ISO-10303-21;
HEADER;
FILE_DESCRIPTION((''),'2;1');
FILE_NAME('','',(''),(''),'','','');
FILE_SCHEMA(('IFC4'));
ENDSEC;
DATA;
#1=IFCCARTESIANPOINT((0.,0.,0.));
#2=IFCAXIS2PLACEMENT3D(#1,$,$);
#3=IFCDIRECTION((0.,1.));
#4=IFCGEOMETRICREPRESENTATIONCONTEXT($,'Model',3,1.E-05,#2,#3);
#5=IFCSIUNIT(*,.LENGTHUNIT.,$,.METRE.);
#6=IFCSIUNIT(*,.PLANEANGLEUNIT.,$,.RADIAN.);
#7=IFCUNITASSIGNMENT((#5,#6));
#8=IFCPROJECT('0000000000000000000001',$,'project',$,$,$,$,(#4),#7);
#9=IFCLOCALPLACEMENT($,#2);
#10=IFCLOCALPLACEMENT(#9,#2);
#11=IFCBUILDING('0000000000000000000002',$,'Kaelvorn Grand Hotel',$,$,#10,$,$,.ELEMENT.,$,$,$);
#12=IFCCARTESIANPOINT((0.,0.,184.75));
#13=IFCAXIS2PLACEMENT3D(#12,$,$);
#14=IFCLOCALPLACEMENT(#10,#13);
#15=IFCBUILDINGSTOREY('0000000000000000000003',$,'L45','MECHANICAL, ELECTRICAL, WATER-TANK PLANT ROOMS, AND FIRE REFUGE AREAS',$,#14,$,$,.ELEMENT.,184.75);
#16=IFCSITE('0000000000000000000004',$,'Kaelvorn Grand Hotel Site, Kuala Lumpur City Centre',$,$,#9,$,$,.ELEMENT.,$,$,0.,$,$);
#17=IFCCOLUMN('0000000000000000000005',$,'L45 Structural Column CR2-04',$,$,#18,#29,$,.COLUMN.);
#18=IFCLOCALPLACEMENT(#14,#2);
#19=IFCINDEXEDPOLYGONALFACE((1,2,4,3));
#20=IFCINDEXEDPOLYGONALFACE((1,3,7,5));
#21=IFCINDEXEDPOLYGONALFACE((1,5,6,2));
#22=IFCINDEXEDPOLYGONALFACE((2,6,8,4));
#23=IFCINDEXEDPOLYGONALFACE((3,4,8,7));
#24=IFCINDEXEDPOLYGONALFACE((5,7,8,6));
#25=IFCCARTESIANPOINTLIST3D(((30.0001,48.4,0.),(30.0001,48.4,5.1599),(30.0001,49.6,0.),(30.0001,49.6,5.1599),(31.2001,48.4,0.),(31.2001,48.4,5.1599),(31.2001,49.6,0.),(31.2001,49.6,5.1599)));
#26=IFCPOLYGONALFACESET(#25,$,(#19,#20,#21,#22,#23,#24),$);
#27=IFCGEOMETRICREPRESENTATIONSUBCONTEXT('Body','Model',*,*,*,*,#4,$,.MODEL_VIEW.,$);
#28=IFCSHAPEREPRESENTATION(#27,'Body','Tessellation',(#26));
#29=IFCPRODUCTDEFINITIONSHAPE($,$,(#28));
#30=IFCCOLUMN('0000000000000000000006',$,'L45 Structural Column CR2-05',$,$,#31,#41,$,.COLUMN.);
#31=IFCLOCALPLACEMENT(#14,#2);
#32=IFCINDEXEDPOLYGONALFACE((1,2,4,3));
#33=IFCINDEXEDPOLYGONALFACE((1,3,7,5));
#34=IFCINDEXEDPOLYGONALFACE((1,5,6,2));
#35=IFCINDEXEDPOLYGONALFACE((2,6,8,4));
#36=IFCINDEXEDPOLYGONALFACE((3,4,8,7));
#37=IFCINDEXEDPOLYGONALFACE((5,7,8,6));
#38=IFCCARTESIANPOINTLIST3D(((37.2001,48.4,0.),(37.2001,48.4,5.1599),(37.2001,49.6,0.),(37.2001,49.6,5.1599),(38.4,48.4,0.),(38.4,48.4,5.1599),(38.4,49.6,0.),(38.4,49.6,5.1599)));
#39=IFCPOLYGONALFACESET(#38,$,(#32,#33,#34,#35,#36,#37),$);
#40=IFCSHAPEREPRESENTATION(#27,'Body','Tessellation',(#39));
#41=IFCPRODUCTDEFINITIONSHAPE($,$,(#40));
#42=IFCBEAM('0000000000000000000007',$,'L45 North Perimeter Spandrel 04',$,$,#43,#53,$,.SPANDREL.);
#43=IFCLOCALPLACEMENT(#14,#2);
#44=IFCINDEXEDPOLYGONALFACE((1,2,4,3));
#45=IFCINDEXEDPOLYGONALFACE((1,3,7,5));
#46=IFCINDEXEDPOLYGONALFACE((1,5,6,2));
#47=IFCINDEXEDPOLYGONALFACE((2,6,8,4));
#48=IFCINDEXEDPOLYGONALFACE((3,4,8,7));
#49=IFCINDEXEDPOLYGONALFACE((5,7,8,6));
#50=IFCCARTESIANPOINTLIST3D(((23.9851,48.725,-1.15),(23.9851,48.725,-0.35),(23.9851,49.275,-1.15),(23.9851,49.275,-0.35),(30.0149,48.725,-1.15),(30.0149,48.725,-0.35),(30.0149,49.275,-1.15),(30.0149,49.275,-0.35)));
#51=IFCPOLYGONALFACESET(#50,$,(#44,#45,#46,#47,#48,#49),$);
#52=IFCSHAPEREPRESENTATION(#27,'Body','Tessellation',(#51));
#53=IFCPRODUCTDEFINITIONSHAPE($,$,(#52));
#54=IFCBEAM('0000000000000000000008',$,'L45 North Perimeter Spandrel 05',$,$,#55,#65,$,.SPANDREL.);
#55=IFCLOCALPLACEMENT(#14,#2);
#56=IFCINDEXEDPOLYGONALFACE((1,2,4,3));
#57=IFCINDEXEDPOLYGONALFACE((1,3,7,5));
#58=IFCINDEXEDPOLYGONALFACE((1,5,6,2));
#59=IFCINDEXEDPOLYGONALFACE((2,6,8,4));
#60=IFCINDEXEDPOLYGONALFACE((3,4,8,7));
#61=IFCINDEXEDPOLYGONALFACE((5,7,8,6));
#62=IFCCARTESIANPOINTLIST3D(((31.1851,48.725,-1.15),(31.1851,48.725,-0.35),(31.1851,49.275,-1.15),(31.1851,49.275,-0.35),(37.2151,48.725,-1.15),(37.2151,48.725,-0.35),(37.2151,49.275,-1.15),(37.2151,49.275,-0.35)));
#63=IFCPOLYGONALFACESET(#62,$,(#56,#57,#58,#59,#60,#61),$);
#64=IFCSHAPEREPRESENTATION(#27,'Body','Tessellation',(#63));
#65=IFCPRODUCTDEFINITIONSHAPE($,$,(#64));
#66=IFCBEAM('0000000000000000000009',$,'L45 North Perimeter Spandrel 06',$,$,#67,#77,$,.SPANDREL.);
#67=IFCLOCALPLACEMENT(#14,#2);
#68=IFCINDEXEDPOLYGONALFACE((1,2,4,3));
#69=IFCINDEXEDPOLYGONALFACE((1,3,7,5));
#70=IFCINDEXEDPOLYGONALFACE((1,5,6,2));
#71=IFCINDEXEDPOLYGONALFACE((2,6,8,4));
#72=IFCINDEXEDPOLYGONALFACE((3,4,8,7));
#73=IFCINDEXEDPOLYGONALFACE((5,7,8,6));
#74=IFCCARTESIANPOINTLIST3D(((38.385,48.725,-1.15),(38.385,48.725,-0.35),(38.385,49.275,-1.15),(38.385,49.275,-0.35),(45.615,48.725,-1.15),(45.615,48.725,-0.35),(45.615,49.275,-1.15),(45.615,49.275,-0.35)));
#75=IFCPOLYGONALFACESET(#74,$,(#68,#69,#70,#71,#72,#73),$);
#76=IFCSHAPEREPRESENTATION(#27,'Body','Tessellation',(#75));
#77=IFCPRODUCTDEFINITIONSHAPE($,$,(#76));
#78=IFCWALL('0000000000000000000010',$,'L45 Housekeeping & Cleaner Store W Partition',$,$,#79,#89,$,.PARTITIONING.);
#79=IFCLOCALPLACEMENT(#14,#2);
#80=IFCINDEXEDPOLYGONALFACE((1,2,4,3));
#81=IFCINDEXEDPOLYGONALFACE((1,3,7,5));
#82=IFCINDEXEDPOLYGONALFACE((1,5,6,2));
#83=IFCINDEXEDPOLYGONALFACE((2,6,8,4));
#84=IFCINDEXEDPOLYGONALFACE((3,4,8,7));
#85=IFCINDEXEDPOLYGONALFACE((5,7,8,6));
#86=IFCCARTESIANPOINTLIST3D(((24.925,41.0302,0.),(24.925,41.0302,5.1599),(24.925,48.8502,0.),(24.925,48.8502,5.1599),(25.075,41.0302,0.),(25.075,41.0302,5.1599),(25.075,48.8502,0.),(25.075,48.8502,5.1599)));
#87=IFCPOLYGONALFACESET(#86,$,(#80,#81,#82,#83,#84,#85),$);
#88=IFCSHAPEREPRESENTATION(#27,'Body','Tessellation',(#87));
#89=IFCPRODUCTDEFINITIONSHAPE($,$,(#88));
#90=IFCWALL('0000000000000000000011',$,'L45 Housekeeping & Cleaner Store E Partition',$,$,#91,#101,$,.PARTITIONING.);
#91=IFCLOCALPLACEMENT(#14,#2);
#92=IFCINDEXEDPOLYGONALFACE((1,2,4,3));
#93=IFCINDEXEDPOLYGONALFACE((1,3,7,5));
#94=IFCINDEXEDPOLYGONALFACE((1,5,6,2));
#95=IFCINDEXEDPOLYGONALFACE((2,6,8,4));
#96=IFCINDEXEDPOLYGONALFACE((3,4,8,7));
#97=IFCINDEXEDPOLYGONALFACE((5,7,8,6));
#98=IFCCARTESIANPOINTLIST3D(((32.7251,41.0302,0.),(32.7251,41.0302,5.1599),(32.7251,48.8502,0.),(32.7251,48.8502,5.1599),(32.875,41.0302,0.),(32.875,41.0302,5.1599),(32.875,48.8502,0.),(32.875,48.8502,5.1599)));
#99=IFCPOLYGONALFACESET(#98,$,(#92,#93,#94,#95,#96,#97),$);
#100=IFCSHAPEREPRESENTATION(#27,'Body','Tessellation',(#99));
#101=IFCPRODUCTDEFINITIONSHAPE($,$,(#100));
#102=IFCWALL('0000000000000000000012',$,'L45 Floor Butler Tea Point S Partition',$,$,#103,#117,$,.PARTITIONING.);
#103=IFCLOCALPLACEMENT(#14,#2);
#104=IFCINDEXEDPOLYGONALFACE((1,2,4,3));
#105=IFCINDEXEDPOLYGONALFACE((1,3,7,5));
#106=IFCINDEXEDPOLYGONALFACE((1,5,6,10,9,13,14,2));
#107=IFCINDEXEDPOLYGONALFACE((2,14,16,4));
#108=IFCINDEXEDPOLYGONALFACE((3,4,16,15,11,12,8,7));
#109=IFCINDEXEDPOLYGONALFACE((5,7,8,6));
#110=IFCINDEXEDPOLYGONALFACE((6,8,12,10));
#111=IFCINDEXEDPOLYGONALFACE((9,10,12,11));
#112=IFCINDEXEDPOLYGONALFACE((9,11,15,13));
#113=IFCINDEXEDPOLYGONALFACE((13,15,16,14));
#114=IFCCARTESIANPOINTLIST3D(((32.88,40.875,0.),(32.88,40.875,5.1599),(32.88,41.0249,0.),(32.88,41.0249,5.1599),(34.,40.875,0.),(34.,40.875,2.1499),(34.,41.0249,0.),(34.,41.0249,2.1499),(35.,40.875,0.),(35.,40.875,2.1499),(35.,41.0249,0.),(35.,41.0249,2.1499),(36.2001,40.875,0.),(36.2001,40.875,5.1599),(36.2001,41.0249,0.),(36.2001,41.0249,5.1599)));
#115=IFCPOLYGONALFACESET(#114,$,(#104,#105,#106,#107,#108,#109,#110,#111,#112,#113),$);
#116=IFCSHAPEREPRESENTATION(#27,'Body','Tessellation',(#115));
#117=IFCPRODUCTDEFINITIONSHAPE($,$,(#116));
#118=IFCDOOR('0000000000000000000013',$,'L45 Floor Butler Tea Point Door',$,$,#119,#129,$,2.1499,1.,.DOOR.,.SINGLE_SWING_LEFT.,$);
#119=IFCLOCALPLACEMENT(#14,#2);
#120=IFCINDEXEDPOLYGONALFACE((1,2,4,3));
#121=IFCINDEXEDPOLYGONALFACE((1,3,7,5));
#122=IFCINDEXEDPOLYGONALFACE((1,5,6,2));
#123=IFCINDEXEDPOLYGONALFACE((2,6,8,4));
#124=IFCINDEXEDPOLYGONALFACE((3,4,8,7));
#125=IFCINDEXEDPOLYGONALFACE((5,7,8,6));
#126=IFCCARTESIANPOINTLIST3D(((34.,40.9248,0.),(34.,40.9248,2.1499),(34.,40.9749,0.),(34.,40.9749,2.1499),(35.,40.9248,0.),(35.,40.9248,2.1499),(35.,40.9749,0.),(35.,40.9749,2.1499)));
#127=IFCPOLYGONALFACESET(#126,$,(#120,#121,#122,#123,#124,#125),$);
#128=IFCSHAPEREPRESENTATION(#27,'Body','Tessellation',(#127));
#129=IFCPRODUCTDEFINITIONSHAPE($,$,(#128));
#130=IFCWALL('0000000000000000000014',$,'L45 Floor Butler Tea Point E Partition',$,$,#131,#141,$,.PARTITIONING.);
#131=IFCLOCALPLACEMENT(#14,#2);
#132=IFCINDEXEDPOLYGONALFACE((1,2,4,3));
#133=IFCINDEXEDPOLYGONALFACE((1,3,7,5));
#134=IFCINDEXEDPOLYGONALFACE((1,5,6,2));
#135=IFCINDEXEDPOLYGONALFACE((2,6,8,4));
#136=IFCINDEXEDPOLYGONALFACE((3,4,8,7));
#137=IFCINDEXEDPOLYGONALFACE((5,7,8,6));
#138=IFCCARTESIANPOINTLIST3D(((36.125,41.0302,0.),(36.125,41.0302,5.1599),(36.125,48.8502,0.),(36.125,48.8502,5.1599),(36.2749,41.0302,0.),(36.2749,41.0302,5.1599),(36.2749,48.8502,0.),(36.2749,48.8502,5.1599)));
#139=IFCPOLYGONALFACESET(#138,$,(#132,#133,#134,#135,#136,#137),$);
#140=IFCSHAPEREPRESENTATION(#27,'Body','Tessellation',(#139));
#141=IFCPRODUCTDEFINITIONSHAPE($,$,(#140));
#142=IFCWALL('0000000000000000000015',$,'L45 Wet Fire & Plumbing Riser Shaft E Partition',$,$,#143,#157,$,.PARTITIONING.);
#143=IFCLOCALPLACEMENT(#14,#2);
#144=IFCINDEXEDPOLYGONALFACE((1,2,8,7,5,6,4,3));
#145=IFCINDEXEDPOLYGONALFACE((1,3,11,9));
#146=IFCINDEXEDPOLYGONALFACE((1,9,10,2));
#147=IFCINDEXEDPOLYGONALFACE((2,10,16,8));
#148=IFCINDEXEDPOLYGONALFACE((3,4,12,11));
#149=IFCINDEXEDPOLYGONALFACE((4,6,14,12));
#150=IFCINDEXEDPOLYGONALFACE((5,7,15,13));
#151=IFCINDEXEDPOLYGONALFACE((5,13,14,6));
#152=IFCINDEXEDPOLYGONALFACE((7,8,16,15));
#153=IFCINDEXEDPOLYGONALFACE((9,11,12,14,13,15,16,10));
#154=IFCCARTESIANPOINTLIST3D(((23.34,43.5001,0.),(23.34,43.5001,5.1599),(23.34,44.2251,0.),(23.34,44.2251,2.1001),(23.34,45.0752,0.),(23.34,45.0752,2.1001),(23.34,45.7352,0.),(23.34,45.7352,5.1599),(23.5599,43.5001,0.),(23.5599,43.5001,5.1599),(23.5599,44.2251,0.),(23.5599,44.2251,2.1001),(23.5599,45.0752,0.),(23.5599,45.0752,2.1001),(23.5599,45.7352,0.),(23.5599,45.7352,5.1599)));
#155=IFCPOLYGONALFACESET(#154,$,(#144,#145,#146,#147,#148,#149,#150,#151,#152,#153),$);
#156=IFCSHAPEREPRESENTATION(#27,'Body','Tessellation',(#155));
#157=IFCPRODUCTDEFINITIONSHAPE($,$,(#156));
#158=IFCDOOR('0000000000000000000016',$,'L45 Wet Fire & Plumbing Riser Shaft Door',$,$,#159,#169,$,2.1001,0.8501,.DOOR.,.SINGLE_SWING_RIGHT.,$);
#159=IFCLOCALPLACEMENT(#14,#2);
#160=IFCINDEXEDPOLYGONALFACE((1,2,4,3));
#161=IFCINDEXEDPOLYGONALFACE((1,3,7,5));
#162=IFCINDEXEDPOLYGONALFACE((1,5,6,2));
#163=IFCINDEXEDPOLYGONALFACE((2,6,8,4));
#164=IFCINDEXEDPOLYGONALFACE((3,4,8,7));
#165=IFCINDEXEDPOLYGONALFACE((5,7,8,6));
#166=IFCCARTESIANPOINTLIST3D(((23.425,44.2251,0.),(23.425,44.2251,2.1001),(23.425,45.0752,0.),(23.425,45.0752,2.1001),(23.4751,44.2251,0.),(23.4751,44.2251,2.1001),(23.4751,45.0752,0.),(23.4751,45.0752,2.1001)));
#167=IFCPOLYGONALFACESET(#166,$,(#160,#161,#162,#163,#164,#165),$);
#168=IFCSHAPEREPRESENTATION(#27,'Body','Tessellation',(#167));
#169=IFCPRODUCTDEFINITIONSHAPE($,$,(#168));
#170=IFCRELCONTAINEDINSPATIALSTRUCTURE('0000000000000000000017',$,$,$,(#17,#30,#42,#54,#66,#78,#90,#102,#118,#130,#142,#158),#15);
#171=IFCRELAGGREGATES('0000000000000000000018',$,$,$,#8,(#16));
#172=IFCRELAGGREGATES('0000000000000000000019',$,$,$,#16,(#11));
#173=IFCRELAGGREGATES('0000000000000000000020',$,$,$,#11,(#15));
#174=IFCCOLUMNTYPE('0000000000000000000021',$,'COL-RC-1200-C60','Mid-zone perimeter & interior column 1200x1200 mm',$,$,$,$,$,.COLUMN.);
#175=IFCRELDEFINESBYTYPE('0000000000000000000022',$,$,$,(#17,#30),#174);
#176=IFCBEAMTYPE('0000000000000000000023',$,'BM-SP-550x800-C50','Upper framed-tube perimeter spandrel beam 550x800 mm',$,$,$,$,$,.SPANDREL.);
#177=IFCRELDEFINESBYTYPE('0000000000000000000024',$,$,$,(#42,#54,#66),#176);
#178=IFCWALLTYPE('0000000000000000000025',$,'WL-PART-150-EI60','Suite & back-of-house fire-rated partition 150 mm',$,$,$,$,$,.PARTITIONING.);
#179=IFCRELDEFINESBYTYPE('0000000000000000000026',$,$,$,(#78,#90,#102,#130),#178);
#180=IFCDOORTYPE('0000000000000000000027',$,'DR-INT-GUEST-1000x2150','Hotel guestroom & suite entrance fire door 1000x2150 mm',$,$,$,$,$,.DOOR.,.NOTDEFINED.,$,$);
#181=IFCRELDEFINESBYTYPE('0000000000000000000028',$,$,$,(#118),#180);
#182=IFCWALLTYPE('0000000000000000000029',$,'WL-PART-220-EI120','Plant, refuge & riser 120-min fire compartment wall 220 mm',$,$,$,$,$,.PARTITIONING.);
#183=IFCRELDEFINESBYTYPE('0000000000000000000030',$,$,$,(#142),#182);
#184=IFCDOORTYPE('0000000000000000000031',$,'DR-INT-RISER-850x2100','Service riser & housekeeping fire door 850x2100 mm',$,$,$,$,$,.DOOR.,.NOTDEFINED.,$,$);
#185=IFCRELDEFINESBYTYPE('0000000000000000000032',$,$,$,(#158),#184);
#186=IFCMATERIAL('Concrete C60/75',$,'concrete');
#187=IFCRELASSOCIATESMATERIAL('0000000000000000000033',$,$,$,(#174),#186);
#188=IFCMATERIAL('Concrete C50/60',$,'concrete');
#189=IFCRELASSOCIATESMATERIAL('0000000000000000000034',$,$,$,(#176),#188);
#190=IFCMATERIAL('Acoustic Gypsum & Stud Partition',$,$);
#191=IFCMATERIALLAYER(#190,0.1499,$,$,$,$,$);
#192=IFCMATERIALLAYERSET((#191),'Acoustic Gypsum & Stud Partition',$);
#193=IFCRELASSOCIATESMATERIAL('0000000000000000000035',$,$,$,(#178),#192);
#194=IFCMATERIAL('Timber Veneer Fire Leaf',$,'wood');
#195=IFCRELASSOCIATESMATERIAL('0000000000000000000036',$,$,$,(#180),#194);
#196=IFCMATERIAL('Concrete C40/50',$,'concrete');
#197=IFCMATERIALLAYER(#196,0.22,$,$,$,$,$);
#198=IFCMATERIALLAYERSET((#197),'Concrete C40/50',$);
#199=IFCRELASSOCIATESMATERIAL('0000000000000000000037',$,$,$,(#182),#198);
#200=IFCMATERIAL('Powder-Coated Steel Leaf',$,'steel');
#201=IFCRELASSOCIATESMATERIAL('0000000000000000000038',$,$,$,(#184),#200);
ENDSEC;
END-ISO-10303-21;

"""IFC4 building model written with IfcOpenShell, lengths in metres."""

from ifc_helpers import new_model, si_unit, direction, frame, frame_2d, origin, origin_2d, place, context, subcontext, project, spatial, rectangle, extrude, material, layer, layer_set, material_profile, profile_set, type_object, element, fill, save


model = new_model("IFC4")

# Units and contexts
model_context = context("Model", 3, precision=1e-05, world=origin(), true_north=direction((0.0, 1.0)))
body_context = subcontext(model_context, "Body", "Model", "MODEL_VIEW")
ifc_project = project(units=[si_unit("LENGTHUNIT", "METRE"), si_unit("PLANEANGLEUNIT", "RADIAN")], contexts=[model_context])

# Site, building, storey
site_placement = place(None, origin())
site = spatial("IfcSite", under=ifc_project, at=site_placement, Name="Kaelvorn Grand Hotel Site, Kuala Lumpur City Centre", CompositionType="ELEMENT", RefElevation=0.0)
building_placement = place(site_placement, origin())
building = spatial("IfcBuilding", under=site, at=building_placement, Name="Kaelvorn Grand Hotel", CompositionType="ELEMENT")
storey_placement = place(building_placement, frame((0.0, 0.0, 184.75)))
storey = spatial("IfcBuildingStorey", under=building, at=storey_placement, Name="L45", Description="MECHANICAL, ELECTRICAL, WATER-TANK PLANT ROOMS, AND FIRE REFUGE AREAS", CompositionType="ELEMENT", Elevation=184.75)

# Columns
ifc_material_1 = material(Name="Concrete C60/75", Category="concrete")
ifc_material_profile_1 = material_profile(ifc_material_1, rectangle(XDim=1.2, YDim=1.2, at=origin_2d()), Name="RC COL 1200x1200")
ifc_profile_set_1 = profile_set([ifc_material_profile_1], Name="Concrete C60/75")
column_type = type_object("IfcColumnType", Name="COL-RC-1200-C60", Description="Mid-zone perimeter & interior column 1200x1200 mm", PredefinedType="COLUMN", material=ifc_profile_set_1)
for number, where, z_axis, x_axis, name in (
    (1, (30.6001, 49.0, 0.0), (0.0, 0.0, 1.0), (1.0, 0.0, 0.0), "L45 Structural Column CR2-04"),
    (2, (37.8, 49.0, 0.0), (0.0, 0.0, 1.0), (1.0, 0.0, 0.0), "L45 Structural Column CR2-05"),
):
    element("IfcColumn", number, at=place(storey_placement, frame(where, z_axis=z_axis, x_axis=x_axis)), inside=storey, type_object=column_type, Name=name, PredefinedType="COLUMN", context=body_context, shape_type="SweptSolid", body=[
        extrude(rectangle(XDim=1.2, YDim=1.2, at=origin_2d()), origin(), (0.0, 0.0, 1.0), 5.1599),
    ])

# Beams
ifc_material_2 = material(Name="Concrete C50/60", Category="concrete")
ifc_material_profile_2 = material_profile(ifc_material_2, rectangle(XDim=0.55, YDim=0.8, at=origin_2d()), Name="RC SPANDREL 550x800")
ifc_profile_set_2 = profile_set([ifc_material_profile_2], Name="Concrete C50/60")
beam_type = type_object("IfcBeamType", Name="BM-SP-550x800-C50", Description="Upper framed-tube perimeter spandrel beam 550x800 mm", PredefinedType="SPANDREL", material=ifc_profile_set_2)
beam_1_placement = place(storey_placement, frame((23.9851, 49.0, -0.75), z_axis=(1.0, 0.0, 0.0), x_axis=(0.0, 1.0, 0.0)))
element("IfcBeam", 3, at=beam_1_placement, inside=storey, type_object=beam_type, Name="L45 North Perimeter Spandrel 04", PredefinedType="SPANDREL", context=body_context, shape_type="SweptSolid", body=[
    extrude(rectangle(XDim=0.55, YDim=0.8, at=origin_2d()), origin(), (0.0, 0.0, 1.0), 6.0298),
])
beam_2_placement = place(storey_placement, frame((31.1851, 49.0, -0.75), z_axis=(1.0, 0.0, 0.0), x_axis=(0.0, 1.0, 0.0)))
element("IfcBeam", 4, at=beam_2_placement, inside=storey, type_object=beam_type, Name="L45 North Perimeter Spandrel 05", PredefinedType="SPANDREL", context=body_context, shape_type="SweptSolid", body=[
    extrude(rectangle(XDim=0.55, YDim=0.8, at=origin_2d()), origin(), (0.0, 0.0, 1.0), 6.03),
])
beam_3_placement = place(storey_placement, frame((38.385, 49.0, -0.75), z_axis=(1.0, 0.0, 0.0), x_axis=(0.0, 1.0, 0.0)))
element("IfcBeam", 5, at=beam_3_placement, inside=storey, type_object=beam_type, Name="L45 North Perimeter Spandrel 06", PredefinedType="SPANDREL", context=body_context, shape_type="SweptSolid", body=[
    extrude(rectangle(XDim=0.55, YDim=0.8, at=origin_2d()), origin(), (0.0, 0.0, 1.0), 7.23),
])

# Walls
ifc_material_3 = material(Name="Acoustic Gypsum & Stud Partition")
ifc_layer_1 = layer(ifc_material_3, 0.1499)
ifc_layer_set_1 = layer_set([ifc_layer_1], Name="Acoustic Gypsum & Stud Partition")
wall_type_1 = type_object("IfcWallType", Name="WL-PART-150-EI60", Description="Suite & back-of-house fire-rated partition 150 mm", PredefinedType="PARTITIONING", material=ifc_layer_set_1)
for number, where, z_axis, x_axis, name in (
    (6, (25.0, 41.03, 0.0), (0.0, 0.0, 1.0), (0.0, 1.0, 0.0), "L45 Housekeeping & Cleaner Store W Partition"),
    (7, (32.8, 41.03, 0.0), (0.0, 0.0, 1.0), (0.0, 1.0, 0.0), "L45 Housekeeping & Cleaner Store E Partition"),
):
    element("IfcWall", number, at=place(storey_placement, frame(where, z_axis=z_axis, x_axis=x_axis)), inside=storey, type_object=wall_type_1, Name=name, PredefinedType="PARTITIONING", context=body_context, shape_type="SweptSolid", body=[
        extrude(rectangle(XDim=7.8201, YDim=0.1499, at=frame_2d((3.9102, 0.0))), origin(), (0.0, 0.0, 1.0), 5.1599),
    ])

# Wall, opening, door
wall_1_placement = place(storey_placement, frame((32.8799, 40.95, 0.0), z_axis=(0.0, 0.0, 1.0), x_axis=(1.0, 0.0, 0.0)))
wall_1 = element("IfcWall", 8, at=wall_1_placement, inside=storey, type_object=wall_type_1, Name="L45 Floor Butler Tea Point S Partition", PredefinedType="PARTITIONING", context=body_context, shape_type="SweptSolid", body=[
    extrude(rectangle(XDim=3.3201, YDim=0.1499, at=frame_2d((1.6602, 0.0))), origin(), (0.0, 0.0, 1.0), 5.1599),
])
opening_1_placement = place(wall_1_placement, frame((1.1201, 0.0, 0.0)))
opening_1 = element("IfcOpeningElement", 9, at=opening_1_placement, cuts=wall_1, PredefinedType="OPENING", context=body_context, shape_type="SweptSolid", body=[
    extrude(rectangle(XDim=1.0, YDim=2.1499, at=frame_2d((0.5, 1.075))), frame((0.0, 0.085, 0.0), z_axis=(0.0, -1.0, 0.0), x_axis=(1.0, 0.0, 0.0)), (0.0, 0.0, 1.0), 0.1699),
])
ifc_material_4 = material(Name="Timber Veneer Fire Leaf", Category="wood")
door_type_1 = type_object("IfcDoorType", Name="DR-INT-GUEST-1000x2150", Description="Hotel guestroom & suite entrance fire door 1000x2150 mm", OperationType="NOTDEFINED", PredefinedType="DOOR", material=ifc_material_4)
door_1_placement = place(opening_1_placement, origin())
door_1 = element("IfcDoor", 10, at=door_1_placement, inside=storey, type_object=door_type_1, Name="L45 Floor Butler Tea Point Door", OperationType="SINGLE_SWING_LEFT", OverallHeight=2.1499, OverallWidth=1.0, PredefinedType="DOOR", context=body_context, shape_type="SweptSolid", body=[
    extrude(rectangle(XDim=1.0, YDim=2.1499, at=frame_2d((0.5, 1.075))), frame((0.0, 0.0249, 0.0), z_axis=(0.0, -1.0, 0.0), x_axis=(1.0, 0.0, 0.0)), (0.0, 0.0, 1.0), 0.05),
])
fill(opening_1, door_1)

# Wall
wall_2_placement = place(storey_placement, frame((36.2, 41.03, 0.0), z_axis=(0.0, 0.0, 1.0), x_axis=(0.0, 1.0, 0.0)))
element("IfcWall", 11, at=wall_2_placement, inside=storey, type_object=wall_type_1, Name="L45 Floor Butler Tea Point E Partition", PredefinedType="PARTITIONING", context=body_context, shape_type="SweptSolid", body=[
    extrude(rectangle(XDim=7.8201, YDim=0.1499, at=frame_2d((3.9102, 0.0))), origin(), (0.0, 0.0, 1.0), 5.1599),
])

# Wall, opening, door
ifc_material_5 = material(Name="Concrete C40/50", Category="concrete")
ifc_layer_2 = layer(ifc_material_5, 0.22)
ifc_layer_set_2 = layer_set([ifc_layer_2], Name="Concrete C40/50")
wall_type_2 = type_object("IfcWallType", Name="WL-PART-220-EI120", Description="Plant, refuge & riser 120-min fire compartment wall 220 mm", PredefinedType="PARTITIONING", material=ifc_layer_set_2)
wall_3_placement = place(storey_placement, frame((23.45, 43.5, 0.0), z_axis=(0.0, 0.0, 1.0), x_axis=(0.0, 1.0, 0.0)))
wall_3 = element("IfcWall", 12, at=wall_3_placement, inside=storey, type_object=wall_type_2, Name="L45 Wet Fire & Plumbing Riser Shaft E Partition", PredefinedType="PARTITIONING", context=body_context, shape_type="SweptSolid", body=[
    extrude(rectangle(XDim=2.2351, YDim=0.22, at=frame_2d((1.1177, 0.0))), origin(), (0.0, 0.0, 1.0), 5.1599),
])
opening_2_placement = place(wall_3_placement, frame((0.7251, 0.0, 0.0)))
opening_2 = element("IfcOpeningElement", 13, at=opening_2_placement, cuts=wall_3, PredefinedType="OPENING", context=body_context, shape_type="SweptSolid", body=[
    extrude(rectangle(XDim=0.8501, YDim=2.1001, at=frame_2d((0.425, 1.05))), frame((0.0, 0.1201, 0.0), z_axis=(0.0, -1.0, 0.0), x_axis=(1.0, 0.0, 0.0)), (0.0, 0.0, 1.0), 0.24),
])
ifc_material_6 = material(Name="Powder-Coated Steel Leaf", Category="steel")
door_type_2 = type_object("IfcDoorType", Name="DR-INT-RISER-850x2100", Description="Service riser & housekeeping fire door 850x2100 mm", OperationType="NOTDEFINED", PredefinedType="DOOR", material=ifc_material_6)
door_2_placement = place(opening_2_placement, origin())
door_2 = element("IfcDoor", 14, at=door_2_placement, inside=storey, type_object=door_type_2, Name="L45 Wet Fire & Plumbing Riser Shaft Door", OperationType="SINGLE_SWING_RIGHT", OverallHeight=2.1001, OverallWidth=0.8501, PredefinedType="DOOR", context=body_context, shape_type="SweptSolid", body=[
    extrude(rectangle(XDim=0.8501, YDim=2.1001, at=frame_2d((0.425, 1.05))), frame((0.0, 0.0249, 0.0), z_axis=(0.0, -1.0, 0.0), x_axis=(1.0, 0.0, 0.0)), (0.0, 0.0, 1.0), 0.05),
])
fill(opening_2, door_2)

save(model, "model.ifc")
